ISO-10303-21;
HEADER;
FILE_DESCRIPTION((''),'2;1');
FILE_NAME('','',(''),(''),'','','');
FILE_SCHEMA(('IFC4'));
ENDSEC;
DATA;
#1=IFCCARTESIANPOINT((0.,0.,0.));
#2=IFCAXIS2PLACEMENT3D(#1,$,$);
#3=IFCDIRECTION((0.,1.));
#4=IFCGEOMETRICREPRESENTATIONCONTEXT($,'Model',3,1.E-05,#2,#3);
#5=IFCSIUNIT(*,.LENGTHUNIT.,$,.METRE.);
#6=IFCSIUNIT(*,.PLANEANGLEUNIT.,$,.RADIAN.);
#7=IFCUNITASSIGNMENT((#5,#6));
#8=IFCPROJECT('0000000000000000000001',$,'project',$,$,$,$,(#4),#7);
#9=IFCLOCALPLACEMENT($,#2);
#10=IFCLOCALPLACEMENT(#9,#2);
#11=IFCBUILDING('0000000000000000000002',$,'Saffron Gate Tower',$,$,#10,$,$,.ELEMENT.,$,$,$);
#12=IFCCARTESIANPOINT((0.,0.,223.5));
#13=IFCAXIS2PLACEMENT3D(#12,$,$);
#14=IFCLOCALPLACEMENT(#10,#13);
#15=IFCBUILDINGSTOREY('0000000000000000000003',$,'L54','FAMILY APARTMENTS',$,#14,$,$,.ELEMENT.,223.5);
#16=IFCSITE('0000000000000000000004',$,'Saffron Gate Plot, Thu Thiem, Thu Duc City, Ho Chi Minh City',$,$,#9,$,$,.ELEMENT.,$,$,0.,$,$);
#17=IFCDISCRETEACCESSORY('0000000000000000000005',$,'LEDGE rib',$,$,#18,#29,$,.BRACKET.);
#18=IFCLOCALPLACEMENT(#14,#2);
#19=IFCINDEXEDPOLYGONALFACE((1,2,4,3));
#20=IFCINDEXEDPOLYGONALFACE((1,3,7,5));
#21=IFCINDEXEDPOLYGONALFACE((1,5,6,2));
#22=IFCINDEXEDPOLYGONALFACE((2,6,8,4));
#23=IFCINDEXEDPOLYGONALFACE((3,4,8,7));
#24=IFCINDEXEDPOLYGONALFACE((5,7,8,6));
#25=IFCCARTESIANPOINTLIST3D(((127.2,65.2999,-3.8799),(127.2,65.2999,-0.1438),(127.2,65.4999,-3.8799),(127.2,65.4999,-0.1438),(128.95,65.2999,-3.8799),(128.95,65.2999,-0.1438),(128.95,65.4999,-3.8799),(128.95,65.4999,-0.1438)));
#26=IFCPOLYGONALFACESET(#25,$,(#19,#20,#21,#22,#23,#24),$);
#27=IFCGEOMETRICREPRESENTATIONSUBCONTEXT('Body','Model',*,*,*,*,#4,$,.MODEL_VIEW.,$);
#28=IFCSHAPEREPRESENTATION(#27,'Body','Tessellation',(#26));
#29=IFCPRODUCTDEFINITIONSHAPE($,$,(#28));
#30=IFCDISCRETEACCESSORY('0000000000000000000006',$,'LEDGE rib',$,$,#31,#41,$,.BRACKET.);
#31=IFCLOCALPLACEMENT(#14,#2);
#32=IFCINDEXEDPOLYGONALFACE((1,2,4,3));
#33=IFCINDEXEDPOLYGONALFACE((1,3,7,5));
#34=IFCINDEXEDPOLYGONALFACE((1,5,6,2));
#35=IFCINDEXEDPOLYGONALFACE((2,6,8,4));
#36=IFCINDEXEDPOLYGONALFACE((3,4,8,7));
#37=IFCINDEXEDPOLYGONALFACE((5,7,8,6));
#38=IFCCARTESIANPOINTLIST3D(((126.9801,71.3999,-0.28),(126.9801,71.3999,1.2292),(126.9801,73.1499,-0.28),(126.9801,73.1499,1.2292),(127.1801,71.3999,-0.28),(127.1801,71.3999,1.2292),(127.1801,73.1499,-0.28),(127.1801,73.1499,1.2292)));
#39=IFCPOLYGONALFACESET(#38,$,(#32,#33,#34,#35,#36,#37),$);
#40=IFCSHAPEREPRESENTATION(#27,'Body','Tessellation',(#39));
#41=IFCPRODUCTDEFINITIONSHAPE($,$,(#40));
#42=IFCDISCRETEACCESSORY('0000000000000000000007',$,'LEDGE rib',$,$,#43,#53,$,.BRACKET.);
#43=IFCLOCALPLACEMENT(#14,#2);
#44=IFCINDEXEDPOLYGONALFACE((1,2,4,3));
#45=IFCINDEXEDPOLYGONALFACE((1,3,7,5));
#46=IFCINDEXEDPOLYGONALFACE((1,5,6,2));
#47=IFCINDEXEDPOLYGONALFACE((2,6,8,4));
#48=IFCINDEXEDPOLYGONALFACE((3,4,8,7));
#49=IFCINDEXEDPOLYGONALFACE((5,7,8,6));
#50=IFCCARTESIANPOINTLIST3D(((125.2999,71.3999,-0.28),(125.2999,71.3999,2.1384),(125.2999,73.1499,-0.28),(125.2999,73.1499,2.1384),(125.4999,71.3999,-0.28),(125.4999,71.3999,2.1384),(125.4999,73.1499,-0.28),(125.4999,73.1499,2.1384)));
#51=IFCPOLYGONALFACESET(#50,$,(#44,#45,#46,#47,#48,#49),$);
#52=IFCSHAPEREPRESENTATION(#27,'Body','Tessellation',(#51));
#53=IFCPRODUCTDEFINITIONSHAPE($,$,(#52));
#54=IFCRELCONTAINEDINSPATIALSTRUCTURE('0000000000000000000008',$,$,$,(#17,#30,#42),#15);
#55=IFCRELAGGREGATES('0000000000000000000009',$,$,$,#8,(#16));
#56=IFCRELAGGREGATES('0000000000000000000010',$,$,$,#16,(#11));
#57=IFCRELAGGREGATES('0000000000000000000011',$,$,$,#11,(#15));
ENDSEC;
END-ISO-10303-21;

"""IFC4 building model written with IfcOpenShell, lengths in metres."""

from ifc_helpers import new_model, si_unit, direction, frame, origin, origin_2d, place, context, subcontext, project, spatial, rectangle, extrude, element, save


model = new_model("IFC4")

# Units and contexts
model_context = context("Model", 3, precision=1e-05, world=origin(), true_north=direction((0.0, 1.0)))
body_context = subcontext(model_context, "Body", "Model", "MODEL_VIEW")
ifc_project = project(units=[si_unit("LENGTHUNIT", "METRE"), si_unit("PLANEANGLEUNIT", "RADIAN")], contexts=[model_context])

# Site, building, storey
site_placement = place(None, origin())
site = spatial("IfcSite", under=ifc_project, at=site_placement, Name="Saffron Gate Plot, Thu Thiem, Thu Duc City, Ho Chi Minh City", CompositionType="ELEMENT", RefElevation=0.0)
building_placement = place(site_placement, origin())
building = spatial("IfcBuilding", under=site, at=building_placement, Name="Saffron Gate Tower", CompositionType="ELEMENT")
storey_placement = place(building_placement, frame((0.0, 0.0, 223.5)))
storey = spatial("IfcBuildingStorey", under=building, at=storey_placement, Name="L54", Description="FAMILY APARTMENTS", CompositionType="ELEMENT", Elevation=223.5)

# Discrete accessories
discrete_accessory_1_placement = place(storey_placement, frame((128.075, 65.3999, -3.8799), z_axis=(0.0, 0.0, 1.0), x_axis=(0.0, 1.0, 0.0)))
element("IfcDiscreteAccessory", 1, at=discrete_accessory_1_placement, inside=storey, Name="LEDGE rib", PredefinedType="BRACKET", context=body_context, shape_type="SweptSolid", body=[
    extrude(rectangle(XDim=0.2, YDim=1.75, at=origin_2d()), origin(), (0.0, 0.0, 1.0), 3.7361),
])
discrete_accessory_2_placement = place(storey_placement, frame((127.0801, 72.2749, -0.28), z_axis=(0.0, 0.0, 1.0), x_axis=(-1.0, 0.0, 0.0)))
element("IfcDiscreteAccessory", 2, at=discrete_accessory_2_placement, inside=storey, Name="LEDGE rib", PredefinedType="BRACKET", context=body_context, shape_type="SweptSolid", body=[
    extrude(rectangle(XDim=0.2, YDim=1.75, at=origin_2d()), origin(), (0.0, 0.0, 1.0), 1.5093),
])
discrete_accessory_3_placement = place(storey_placement, frame((125.3999, 72.2749, -0.28), z_axis=(0.0, 0.0, 1.0), x_axis=(-1.0, 0.0, 0.0)))
element("IfcDiscreteAccessory", 3, at=discrete_accessory_3_placement, inside=storey, Name="LEDGE rib", PredefinedType="BRACKET", context=body_context, shape_type="SweptSolid", body=[
    extrude(rectangle(XDim=0.2, YDim=1.75, at=origin_2d()), origin(), (0.0, 0.0, 1.0), 2.4185),
])

save(model, "model.ifc")
